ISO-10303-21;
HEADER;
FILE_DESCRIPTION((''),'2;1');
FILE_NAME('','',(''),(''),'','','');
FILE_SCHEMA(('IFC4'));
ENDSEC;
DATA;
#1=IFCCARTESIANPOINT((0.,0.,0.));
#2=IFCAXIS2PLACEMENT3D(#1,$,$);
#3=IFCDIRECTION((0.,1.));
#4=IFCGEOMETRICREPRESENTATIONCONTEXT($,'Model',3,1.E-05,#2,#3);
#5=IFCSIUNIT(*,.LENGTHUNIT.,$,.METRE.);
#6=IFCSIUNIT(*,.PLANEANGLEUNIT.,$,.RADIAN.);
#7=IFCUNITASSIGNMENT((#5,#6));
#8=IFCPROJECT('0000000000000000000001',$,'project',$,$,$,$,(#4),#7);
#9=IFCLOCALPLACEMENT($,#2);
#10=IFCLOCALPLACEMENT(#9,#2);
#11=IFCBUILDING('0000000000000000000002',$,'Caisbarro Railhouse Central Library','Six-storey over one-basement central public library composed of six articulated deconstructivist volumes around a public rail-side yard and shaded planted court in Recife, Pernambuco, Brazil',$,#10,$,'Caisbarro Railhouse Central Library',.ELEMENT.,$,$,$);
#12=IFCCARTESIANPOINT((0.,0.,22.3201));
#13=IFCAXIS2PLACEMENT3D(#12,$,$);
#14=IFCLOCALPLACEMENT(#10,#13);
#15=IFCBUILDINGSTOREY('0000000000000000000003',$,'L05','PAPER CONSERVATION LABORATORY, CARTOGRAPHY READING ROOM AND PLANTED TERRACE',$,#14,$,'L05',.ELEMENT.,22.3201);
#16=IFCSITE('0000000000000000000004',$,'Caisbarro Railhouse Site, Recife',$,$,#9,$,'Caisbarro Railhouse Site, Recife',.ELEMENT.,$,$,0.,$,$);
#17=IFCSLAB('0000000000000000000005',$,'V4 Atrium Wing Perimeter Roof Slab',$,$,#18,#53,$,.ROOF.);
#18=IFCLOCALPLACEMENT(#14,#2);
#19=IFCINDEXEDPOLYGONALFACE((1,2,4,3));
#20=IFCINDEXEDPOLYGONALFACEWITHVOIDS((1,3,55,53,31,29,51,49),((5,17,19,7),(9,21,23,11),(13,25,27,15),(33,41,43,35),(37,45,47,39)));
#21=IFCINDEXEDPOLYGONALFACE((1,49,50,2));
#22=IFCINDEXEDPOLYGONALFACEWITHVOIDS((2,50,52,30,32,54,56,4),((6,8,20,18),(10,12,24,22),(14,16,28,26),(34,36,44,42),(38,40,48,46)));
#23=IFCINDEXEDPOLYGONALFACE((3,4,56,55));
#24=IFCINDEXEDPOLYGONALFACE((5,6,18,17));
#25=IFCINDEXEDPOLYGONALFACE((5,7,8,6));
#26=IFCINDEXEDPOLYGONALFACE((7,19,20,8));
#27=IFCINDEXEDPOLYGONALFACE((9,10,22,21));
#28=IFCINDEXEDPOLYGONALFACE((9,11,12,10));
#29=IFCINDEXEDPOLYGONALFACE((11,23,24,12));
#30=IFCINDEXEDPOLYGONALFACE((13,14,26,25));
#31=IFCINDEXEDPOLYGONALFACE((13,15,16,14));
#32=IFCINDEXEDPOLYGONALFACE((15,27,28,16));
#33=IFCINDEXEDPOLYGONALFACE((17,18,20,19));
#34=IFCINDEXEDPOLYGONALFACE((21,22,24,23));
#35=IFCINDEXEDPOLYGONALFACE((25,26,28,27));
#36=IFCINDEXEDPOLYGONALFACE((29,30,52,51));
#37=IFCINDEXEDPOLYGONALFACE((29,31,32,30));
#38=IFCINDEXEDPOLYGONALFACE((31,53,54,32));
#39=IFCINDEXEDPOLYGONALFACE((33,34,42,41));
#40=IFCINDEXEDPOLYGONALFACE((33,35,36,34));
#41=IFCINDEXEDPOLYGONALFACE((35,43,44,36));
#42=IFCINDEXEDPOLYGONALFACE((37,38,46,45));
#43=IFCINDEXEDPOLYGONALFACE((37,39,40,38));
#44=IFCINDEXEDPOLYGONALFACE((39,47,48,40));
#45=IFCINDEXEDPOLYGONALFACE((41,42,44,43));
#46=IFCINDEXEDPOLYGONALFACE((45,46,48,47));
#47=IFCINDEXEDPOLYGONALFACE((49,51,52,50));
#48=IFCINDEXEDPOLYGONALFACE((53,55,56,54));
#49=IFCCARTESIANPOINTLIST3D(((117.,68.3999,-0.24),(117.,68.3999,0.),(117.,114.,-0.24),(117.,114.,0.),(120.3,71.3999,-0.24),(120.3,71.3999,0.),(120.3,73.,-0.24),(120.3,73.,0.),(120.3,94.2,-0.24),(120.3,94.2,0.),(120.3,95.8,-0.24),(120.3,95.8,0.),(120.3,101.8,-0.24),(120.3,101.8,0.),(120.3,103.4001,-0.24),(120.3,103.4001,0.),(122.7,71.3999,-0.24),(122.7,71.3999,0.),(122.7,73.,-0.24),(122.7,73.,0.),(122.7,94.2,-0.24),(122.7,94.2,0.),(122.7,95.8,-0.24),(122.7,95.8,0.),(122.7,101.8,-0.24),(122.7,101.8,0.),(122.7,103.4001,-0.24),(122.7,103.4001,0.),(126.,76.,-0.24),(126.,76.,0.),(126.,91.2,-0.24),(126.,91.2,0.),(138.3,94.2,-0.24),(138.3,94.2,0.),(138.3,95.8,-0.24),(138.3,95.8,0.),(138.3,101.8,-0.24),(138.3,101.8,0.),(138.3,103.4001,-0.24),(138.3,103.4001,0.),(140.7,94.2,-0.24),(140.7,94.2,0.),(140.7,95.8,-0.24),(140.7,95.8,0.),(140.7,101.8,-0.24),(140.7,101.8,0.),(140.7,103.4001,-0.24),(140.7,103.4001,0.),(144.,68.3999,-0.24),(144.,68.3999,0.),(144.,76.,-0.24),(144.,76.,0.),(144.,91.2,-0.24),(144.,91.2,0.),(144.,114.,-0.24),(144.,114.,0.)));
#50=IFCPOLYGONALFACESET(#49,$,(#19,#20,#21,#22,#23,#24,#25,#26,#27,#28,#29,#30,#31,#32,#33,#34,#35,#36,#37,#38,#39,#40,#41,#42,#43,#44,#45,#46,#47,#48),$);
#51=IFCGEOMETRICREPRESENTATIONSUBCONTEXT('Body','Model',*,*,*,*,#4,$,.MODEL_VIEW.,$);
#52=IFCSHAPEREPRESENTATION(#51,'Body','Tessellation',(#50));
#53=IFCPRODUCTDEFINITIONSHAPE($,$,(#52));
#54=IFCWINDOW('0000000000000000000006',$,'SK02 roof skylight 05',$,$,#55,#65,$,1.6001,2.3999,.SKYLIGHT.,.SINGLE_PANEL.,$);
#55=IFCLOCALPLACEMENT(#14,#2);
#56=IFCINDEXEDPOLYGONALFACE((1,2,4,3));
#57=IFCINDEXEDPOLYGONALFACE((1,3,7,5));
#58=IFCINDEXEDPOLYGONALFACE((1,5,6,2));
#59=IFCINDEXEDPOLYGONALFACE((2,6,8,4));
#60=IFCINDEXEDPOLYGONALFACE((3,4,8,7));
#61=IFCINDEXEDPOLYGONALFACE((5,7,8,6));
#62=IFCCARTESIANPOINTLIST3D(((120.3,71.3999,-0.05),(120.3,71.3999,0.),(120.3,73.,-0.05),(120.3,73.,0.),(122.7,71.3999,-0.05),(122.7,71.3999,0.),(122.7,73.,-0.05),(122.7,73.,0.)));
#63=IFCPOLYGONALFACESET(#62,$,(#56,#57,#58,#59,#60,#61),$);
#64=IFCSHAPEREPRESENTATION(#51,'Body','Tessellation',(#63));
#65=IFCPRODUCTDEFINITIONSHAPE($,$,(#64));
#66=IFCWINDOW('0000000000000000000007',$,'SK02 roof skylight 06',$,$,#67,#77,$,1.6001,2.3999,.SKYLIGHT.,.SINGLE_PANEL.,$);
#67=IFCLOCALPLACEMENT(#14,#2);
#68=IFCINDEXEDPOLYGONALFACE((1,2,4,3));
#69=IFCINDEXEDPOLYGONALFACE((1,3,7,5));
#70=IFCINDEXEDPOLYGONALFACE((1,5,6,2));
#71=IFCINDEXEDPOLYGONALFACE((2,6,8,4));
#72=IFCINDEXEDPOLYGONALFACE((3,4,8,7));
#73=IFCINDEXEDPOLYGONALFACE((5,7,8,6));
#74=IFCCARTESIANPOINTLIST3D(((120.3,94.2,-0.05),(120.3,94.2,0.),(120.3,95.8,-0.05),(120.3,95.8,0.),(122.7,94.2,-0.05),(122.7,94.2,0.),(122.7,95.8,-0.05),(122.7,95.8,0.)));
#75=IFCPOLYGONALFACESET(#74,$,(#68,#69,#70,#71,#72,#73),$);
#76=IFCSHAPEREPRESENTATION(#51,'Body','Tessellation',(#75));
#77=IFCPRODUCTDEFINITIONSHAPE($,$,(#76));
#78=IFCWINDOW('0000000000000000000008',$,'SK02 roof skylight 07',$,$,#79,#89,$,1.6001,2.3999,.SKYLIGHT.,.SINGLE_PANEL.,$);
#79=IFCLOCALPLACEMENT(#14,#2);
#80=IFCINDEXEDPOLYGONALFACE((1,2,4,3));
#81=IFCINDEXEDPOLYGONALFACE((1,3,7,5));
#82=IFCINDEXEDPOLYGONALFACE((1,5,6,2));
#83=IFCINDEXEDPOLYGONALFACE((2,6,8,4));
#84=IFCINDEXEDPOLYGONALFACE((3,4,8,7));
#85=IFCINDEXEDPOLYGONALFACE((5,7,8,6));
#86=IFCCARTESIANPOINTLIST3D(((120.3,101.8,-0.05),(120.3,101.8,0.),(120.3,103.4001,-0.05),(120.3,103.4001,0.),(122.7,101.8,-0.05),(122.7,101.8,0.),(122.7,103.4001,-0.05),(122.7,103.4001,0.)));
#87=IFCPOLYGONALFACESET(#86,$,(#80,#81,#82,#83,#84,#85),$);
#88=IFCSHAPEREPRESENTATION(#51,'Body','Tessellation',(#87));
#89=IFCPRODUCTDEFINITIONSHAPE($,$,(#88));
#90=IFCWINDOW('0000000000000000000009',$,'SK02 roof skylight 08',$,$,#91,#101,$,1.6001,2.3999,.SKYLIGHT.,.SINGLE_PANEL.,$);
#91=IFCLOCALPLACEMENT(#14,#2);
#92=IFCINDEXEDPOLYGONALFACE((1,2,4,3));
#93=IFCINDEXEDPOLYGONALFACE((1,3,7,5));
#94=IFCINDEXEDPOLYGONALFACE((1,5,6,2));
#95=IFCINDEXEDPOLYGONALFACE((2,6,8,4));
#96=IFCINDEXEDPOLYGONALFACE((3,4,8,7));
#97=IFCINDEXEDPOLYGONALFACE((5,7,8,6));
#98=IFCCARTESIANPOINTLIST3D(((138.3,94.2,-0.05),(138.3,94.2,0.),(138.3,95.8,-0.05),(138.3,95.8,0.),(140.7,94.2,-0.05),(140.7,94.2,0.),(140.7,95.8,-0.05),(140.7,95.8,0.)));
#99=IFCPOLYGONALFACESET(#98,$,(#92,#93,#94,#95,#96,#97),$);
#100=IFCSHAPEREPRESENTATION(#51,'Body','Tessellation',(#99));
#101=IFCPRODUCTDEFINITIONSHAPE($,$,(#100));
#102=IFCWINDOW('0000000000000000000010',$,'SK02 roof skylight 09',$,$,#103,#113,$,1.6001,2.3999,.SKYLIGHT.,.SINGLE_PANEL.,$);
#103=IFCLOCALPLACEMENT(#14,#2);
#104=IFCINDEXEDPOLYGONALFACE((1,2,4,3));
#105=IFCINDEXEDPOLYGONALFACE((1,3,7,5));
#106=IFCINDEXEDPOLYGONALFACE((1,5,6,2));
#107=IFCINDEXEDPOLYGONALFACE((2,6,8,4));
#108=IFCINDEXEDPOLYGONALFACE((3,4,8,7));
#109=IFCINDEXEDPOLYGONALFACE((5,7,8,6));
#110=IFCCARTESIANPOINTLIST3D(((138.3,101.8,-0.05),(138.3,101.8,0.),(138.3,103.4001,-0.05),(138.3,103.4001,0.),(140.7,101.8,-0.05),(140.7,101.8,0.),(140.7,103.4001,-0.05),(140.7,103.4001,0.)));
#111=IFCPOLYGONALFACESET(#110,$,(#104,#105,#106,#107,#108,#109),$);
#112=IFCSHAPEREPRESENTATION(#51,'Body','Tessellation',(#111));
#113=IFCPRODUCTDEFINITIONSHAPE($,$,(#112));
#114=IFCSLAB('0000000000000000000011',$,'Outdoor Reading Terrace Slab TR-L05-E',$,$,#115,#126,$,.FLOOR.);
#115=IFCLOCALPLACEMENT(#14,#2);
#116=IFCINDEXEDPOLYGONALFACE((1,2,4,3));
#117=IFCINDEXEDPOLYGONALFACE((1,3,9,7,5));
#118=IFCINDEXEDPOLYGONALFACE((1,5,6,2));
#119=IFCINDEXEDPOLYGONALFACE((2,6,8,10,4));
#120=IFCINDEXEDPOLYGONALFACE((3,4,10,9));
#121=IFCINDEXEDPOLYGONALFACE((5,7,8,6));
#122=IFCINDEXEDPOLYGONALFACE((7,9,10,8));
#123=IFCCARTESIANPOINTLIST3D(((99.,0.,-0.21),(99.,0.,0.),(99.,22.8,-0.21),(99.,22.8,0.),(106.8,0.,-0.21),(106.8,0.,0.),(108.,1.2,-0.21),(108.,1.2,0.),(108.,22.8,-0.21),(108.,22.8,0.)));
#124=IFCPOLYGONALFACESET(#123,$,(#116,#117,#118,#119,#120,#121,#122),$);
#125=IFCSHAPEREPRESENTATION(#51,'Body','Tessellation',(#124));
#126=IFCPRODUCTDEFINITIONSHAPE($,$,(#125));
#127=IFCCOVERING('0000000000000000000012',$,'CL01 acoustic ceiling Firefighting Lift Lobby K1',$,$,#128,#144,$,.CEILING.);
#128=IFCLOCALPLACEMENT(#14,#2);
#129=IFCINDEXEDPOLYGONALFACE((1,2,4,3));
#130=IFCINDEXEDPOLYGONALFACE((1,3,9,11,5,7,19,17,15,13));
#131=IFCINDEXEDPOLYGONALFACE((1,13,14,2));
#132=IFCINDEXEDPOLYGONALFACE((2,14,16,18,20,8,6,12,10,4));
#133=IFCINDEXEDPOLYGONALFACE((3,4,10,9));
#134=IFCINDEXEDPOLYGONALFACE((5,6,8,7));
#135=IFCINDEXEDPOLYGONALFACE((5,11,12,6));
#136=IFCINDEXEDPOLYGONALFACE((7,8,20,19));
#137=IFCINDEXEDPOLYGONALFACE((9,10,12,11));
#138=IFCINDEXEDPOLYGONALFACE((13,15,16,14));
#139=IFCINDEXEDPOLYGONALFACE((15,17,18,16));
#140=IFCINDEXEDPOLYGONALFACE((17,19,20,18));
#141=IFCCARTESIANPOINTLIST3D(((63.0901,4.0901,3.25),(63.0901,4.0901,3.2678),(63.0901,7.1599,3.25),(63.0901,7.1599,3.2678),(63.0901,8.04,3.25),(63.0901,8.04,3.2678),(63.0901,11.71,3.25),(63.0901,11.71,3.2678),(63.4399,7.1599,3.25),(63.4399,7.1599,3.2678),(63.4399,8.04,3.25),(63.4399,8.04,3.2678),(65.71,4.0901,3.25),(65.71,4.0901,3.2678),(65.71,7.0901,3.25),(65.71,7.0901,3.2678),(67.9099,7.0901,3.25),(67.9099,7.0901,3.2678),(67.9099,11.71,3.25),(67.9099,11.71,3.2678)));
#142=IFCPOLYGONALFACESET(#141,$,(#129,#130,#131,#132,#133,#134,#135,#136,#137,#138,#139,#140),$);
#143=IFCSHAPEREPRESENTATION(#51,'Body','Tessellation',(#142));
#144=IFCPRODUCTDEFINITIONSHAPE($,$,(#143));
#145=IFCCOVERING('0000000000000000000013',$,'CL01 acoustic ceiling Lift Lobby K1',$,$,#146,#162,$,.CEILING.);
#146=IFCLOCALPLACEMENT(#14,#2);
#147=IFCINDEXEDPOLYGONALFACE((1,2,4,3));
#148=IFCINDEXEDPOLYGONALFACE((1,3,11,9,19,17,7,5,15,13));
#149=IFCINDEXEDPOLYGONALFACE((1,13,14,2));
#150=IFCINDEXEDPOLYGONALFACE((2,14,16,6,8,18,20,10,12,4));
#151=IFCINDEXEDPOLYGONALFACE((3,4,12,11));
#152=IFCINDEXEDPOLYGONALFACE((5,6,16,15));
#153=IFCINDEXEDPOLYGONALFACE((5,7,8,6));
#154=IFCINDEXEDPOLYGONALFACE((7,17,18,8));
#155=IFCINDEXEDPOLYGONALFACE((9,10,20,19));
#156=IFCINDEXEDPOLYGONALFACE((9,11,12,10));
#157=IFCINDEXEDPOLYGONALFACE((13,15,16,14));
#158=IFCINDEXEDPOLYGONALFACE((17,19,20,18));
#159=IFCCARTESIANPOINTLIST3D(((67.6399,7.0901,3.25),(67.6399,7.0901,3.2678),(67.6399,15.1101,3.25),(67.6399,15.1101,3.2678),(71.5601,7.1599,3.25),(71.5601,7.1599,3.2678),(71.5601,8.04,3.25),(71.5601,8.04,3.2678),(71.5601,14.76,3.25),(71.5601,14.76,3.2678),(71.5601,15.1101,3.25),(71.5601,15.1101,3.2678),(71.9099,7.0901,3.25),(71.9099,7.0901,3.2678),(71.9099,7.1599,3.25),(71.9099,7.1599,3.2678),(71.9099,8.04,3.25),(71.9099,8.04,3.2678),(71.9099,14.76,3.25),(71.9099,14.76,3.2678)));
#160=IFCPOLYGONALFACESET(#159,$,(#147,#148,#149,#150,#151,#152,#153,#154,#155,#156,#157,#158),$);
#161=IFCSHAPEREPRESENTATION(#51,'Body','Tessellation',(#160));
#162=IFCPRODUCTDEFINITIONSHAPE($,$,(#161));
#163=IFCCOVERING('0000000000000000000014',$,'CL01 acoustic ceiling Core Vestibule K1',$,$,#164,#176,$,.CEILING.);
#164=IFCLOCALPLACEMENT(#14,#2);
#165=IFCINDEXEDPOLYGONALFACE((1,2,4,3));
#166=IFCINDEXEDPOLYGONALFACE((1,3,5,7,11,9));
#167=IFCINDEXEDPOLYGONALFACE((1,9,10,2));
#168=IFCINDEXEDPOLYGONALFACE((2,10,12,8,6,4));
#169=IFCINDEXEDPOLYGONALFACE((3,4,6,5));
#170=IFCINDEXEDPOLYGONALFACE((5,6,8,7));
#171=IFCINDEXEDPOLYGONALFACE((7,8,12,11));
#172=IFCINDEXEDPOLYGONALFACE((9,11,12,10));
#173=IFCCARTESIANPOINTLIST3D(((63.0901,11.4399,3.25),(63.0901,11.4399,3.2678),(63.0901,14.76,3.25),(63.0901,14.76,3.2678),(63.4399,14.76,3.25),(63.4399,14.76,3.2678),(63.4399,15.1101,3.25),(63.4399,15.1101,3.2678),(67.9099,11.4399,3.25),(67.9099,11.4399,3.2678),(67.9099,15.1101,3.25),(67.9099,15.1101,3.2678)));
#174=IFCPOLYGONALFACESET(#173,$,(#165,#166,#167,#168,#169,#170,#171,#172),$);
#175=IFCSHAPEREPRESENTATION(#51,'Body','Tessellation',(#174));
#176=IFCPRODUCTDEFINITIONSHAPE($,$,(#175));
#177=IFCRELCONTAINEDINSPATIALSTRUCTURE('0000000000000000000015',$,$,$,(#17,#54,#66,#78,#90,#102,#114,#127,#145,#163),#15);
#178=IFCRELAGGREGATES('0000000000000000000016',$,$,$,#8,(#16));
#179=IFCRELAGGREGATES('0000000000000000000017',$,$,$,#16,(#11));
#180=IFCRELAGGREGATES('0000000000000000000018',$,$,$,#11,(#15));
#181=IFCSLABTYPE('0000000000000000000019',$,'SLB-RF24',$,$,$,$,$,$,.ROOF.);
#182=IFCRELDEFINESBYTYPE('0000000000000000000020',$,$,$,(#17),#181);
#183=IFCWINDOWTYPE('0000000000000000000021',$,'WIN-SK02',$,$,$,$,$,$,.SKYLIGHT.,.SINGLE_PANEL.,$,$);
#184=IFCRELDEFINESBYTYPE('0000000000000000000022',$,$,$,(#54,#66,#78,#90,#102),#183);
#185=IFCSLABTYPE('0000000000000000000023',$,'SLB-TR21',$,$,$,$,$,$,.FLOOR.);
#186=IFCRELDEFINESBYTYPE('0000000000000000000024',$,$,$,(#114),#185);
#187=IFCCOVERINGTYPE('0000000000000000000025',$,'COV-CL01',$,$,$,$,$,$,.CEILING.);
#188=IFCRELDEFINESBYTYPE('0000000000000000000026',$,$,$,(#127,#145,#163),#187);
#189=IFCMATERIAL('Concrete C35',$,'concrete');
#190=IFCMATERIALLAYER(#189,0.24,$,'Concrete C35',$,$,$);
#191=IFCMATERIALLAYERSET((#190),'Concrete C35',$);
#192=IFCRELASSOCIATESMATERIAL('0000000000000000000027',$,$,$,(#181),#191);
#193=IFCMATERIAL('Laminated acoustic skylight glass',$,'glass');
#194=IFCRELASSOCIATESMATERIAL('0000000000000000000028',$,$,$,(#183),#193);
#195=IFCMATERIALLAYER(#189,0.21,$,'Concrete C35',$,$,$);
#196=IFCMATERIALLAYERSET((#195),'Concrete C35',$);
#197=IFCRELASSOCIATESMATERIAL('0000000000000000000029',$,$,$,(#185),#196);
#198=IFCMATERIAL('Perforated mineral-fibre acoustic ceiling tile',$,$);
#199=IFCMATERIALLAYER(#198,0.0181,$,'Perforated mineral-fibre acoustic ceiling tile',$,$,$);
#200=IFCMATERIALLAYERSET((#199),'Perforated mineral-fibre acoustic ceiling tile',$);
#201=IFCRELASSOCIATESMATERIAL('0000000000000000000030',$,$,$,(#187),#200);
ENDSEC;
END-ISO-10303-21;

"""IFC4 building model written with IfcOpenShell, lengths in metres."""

from ifc_helpers import new_model, si_unit, direction, frame, origin, origin_2d, place, context, subcontext, project, spatial, polyline, rectangle, outline, extrude, material, layer, layer_set, type_object, element, fill, save


model = new_model("IFC4")

# Units and contexts
model_context = context("Model", 3, precision=1e-05, world=origin(), true_north=direction((0.0, 1.0)))
body_context = subcontext(model_context, "Body", "Model", "MODEL_VIEW")
ifc_project = project(units=[si_unit("LENGTHUNIT", "METRE"), si_unit("PLANEANGLEUNIT", "RADIAN")], contexts=[model_context])

# Site, building, storey
site_placement = place(None, origin())
site = spatial("IfcSite", under=ifc_project, at=site_placement, Name="Caisbarro Railhouse Site, Recife", LongName="Caisbarro Railhouse Site, Recife", CompositionType="ELEMENT", RefElevation=0.0)
building_placement = place(site_placement, origin())
building = spatial("IfcBuilding", under=site, at=building_placement, Name="Caisbarro Railhouse Central Library", Description="Six-storey over one-basement central public library composed of six articulated deconstructivist volumes around a public rail-side yard and shaded planted court in Recife, Pernambuco, Brazil", LongName="Caisbarro Railhouse Central Library", CompositionType="ELEMENT")
storey_placement = place(building_placement, frame((0.0, 0.0, 22.3201)))
storey = spatial("IfcBuildingStorey", under=building, at=storey_placement, Name="L05", Description="PAPER CONSERVATION LABORATORY, CARTOGRAPHY READING ROOM AND PLANTED TERRACE", LongName="L05", CompositionType="ELEMENT", Elevation=22.3201)

# Shared definitions
ifc_material_1 = material(Name="Concrete C35", Category="concrete")

# Slab, openings, windows
ifc_layer_1 = layer(ifc_material_1, 0.24, Name="Concrete C35")
ifc_layer_set_1 = layer_set([ifc_layer_1], Name="Concrete C35")
slab_type_1 = type_object("IfcSlabType", Name="SLB-RF24", PredefinedType="ROOF", material=ifc_layer_set_1)
slab_1_placement = place(storey_placement, frame((0.0, 0.0, -0.24)))
slab_1 = element("IfcSlab", 1, at=slab_1_placement, inside=storey, type_object=slab_type_1, Name="V4 Atrium Wing Perimeter Roof Slab", PredefinedType="ROOF", context=body_context, shape_type="SweptSolid", body=[
    extrude(outline(polyline([(117.0, 68.3999), (144.0, 68.3999), (144.0, 76.0), (126.0, 76.0), (126.0, 91.2), (144.0, 91.2), (144.0, 114.0), (117.0, 114.0), (117.0, 68.3999)])), origin(), (0.0, 0.0, 1.0), 0.24),
])
opening_1_placement = place(slab_1_placement, frame((121.5, 72.2, -0.01)))
opening_1 = element("IfcOpeningElement", 2, at=opening_1_placement, cuts=slab_1, PredefinedType="OPENING", context=body_context, shape_type="SweptSolid", body=[
    extrude(rectangle(XDim=2.3999, YDim=1.6001, at=origin_2d()), origin(), (0.0, 0.0, 1.0), 0.26),
])
opening_2_placement = place(slab_1_placement, frame((121.5, 95.0, -0.01)))
opening_2 = element("IfcOpeningElement", 3, at=opening_2_placement, cuts=slab_1, PredefinedType="OPENING", context=body_context, shape_type="SweptSolid", body=[
    extrude(rectangle(XDim=2.3999, YDim=1.6001, at=origin_2d()), origin(), (0.0, 0.0, 1.0), 0.26),
])
opening_3_placement = place(slab_1_placement, frame((121.5, 102.6001, -0.01)))
opening_3 = element("IfcOpeningElement", 4, at=opening_3_placement, cuts=slab_1, PredefinedType="OPENING", context=body_context, shape_type="SweptSolid", body=[
    extrude(rectangle(XDim=2.3999, YDim=1.6001, at=origin_2d()), origin(), (0.0, 0.0, 1.0), 0.26),
])
opening_4_placement = place(slab_1_placement, frame((139.5, 95.0, -0.01)))
opening_4 = element("IfcOpeningElement", 5, at=opening_4_placement, cuts=slab_1, PredefinedType="OPENING", context=body_context, shape_type="SweptSolid", body=[
    extrude(rectangle(XDim=2.3999, YDim=1.6001, at=origin_2d()), origin(), (0.0, 0.0, 1.0), 0.26),
])
opening_5_placement = place(slab_1_placement, frame((139.5, 102.6001, -0.01)))
opening_5 = element("IfcOpeningElement", 6, at=opening_5_placement, cuts=slab_1, PredefinedType="OPENING", context=body_context, shape_type="SweptSolid", body=[
    extrude(rectangle(XDim=2.3999, YDim=1.6001, at=origin_2d()), origin(), (0.0, 0.0, 1.0), 0.26),
])
ifc_material_2 = material(Name="Laminated acoustic skylight glass", Category="glass")
window_type = type_object("IfcWindowType", Name="WIN-SK02", PartitioningType="SINGLE_PANEL", PredefinedType="SKYLIGHT", material=ifc_material_2)
window_1_placement = place(slab_1_placement, frame((121.5, 72.2, 0.1899)))
window_1 = element("IfcWindow", 7, at=window_1_placement, inside=storey, type_object=window_type, Name="SK02 roof skylight 05", OverallHeight=1.6001, OverallWidth=2.3999, PartitioningType="SINGLE_PANEL", PredefinedType="SKYLIGHT", context=body_context, shape_type="SweptSolid", body=[
    extrude(rectangle(XDim=2.3999, YDim=1.6001, at=origin_2d()), origin(), (0.0, 0.0, 1.0), 0.05),
])
fill(opening_1, window_1)
window_2_placement = place(slab_1_placement, frame((121.5, 95.0, 0.1899)))
window_2 = element("IfcWindow", 8, at=window_2_placement, inside=storey, type_object=window_type, Name="SK02 roof skylight 06", OverallHeight=1.6001, OverallWidth=2.3999, PartitioningType="SINGLE_PANEL", PredefinedType="SKYLIGHT", context=body_context, shape_type="SweptSolid", body=[
    extrude(rectangle(XDim=2.3999, YDim=1.6001, at=origin_2d()), origin(), (0.0, 0.0, 1.0), 0.05),
])
fill(opening_2, window_2)
window_3_placement = place(slab_1_placement, frame((121.5, 102.6001, 0.1899)))
window_3 = element("IfcWindow", 9, at=window_3_placement, inside=storey, type_object=window_type, Name="SK02 roof skylight 07", OverallHeight=1.6001, OverallWidth=2.3999, PartitioningType="SINGLE_PANEL", PredefinedType="SKYLIGHT", context=body_context, shape_type="SweptSolid", body=[
    extrude(rectangle(XDim=2.3999, YDim=1.6001, at=origin_2d()), origin(), (0.0, 0.0, 1.0), 0.05),
])
fill(opening_3, window_3)
window_4_placement = place(slab_1_placement, frame((139.5, 95.0, 0.1899)))
window_4 = element("IfcWindow", 10, at=window_4_placement, inside=storey, type_object=window_type, Name="SK02 roof skylight 08", OverallHeight=1.6001, OverallWidth=2.3999, PartitioningType="SINGLE_PANEL", PredefinedType="SKYLIGHT", context=body_context, shape_type="SweptSolid", body=[
    extrude(rectangle(XDim=2.3999, YDim=1.6001, at=origin_2d()), origin(), (0.0, 0.0, 1.0), 0.05),
])
fill(opening_4, window_4)
window_5_placement = place(slab_1_placement, frame((139.5, 102.6001, 0.1899)))
window_5 = element("IfcWindow", 11, at=window_5_placement, inside=storey, type_object=window_type, Name="SK02 roof skylight 09", OverallHeight=1.6001, OverallWidth=2.3999, PartitioningType="SINGLE_PANEL", PredefinedType="SKYLIGHT", context=body_context, shape_type="SweptSolid", body=[
    extrude(rectangle(XDim=2.3999, YDim=1.6001, at=origin_2d()), origin(), (0.0, 0.0, 1.0), 0.05),
])
fill(opening_5, window_5)

# Slab
ifc_layer_2 = layer(ifc_material_1, 0.21, Name="Concrete C35")
ifc_layer_set_2 = layer_set([ifc_layer_2], Name="Concrete C35")
slab_type_2 = type_object("IfcSlabType", Name="SLB-TR21", PredefinedType="FLOOR", material=ifc_layer_set_2)
slab_2_placement = place(storey_placement, frame((0.0, 0.0, -0.21)))
element("IfcSlab", 12, at=slab_2_placement, inside=storey, type_object=slab_type_2, Name="Outdoor Reading Terrace Slab TR-L05-E", PredefinedType="FLOOR", context=body_context, shape_type="SweptSolid", body=[
    extrude(outline(polyline([(99.0, 0.0), (106.8, 0.0), (108.0, 1.2), (108.0, 22.8), (99.0, 22.8), (99.0, 0.0)])), origin(), (0.0, 0.0, 1.0), 0.21),
])

# Coverings
ifc_material_3 = material(Name="Perforated mineral-fibre acoustic ceiling tile")
ifc_layer_3 = layer(ifc_material_3, 0.0181, Name="Perforated mineral-fibre acoustic ceiling tile")
ifc_layer_set_3 = layer_set([ifc_layer_3], Name="Perforated mineral-fibre acoustic ceiling tile")
covering_type_1 = type_object("IfcCoveringType", Name="COV-CL01", PredefinedType="CEILING", material=ifc_layer_set_3)
covering_1_placement = place(storey_placement, frame((0.0, 0.0, 3.25)))
element("IfcCovering", 13, at=covering_1_placement, inside=storey, type_object=covering_type_1, Name="CL01 acoustic ceiling Firefighting Lift Lobby K1", PredefinedType="CEILING", context=body_context, shape_type="SweptSolid", body=[
    extrude(outline(polyline([(63.0901, 7.1599), (63.4399, 7.1599), (63.4399, 8.04), (63.0901, 8.04), (63.0901, 11.71), (67.9099, 11.71), (67.9099, 7.0901), (65.71, 7.0901), (65.71, 4.0901), (63.0901, 4.0901), (63.0901, 7.1599)])), origin(), (0.0, 0.0, 1.0), 0.0178),
])
covering_2_placement = place(storey_placement, frame((0.0, 0.0, 3.25)))
element("IfcCovering", 14, at=covering_2_placement, inside=storey, type_object=covering_type_1, Name="CL01 acoustic ceiling Lift Lobby K1", PredefinedType="CEILING", context=body_context, shape_type="SweptSolid", body=[
    extrude(outline(polyline([(71.5601, 15.1101), (71.5601, 14.76), (71.9099, 14.76), (71.9099, 8.04), (71.5601, 8.04), (71.5601, 7.1599), (71.9099, 7.1599), (71.9099, 7.0901), (67.6399, 7.0901), (67.6399, 15.1101), (71.5601, 15.1101)])), origin(), (0.0, 0.0, 1.0), 0.0178),
])
covering_3_placement = place(storey_placement, frame((0.0, 0.0, 3.25)))
element("IfcCovering", 15, at=covering_3_placement, inside=storey, type_object=covering_type_1, Name="CL01 acoustic ceiling Core Vestibule K1", PredefinedType="CEILING", context=body_context, shape_type="SweptSolid", body=[
    extrude(outline(polyline([(63.0901, 14.76), (63.4399, 14.76), (63.4399, 15.1101), (67.9099, 15.1101), (67.9099, 11.4399), (63.0901, 11.4399), (63.0901, 14.76)])), origin(), (0.0, 0.0, 1.0), 0.0178),
])

save(model, "model.ifc")
